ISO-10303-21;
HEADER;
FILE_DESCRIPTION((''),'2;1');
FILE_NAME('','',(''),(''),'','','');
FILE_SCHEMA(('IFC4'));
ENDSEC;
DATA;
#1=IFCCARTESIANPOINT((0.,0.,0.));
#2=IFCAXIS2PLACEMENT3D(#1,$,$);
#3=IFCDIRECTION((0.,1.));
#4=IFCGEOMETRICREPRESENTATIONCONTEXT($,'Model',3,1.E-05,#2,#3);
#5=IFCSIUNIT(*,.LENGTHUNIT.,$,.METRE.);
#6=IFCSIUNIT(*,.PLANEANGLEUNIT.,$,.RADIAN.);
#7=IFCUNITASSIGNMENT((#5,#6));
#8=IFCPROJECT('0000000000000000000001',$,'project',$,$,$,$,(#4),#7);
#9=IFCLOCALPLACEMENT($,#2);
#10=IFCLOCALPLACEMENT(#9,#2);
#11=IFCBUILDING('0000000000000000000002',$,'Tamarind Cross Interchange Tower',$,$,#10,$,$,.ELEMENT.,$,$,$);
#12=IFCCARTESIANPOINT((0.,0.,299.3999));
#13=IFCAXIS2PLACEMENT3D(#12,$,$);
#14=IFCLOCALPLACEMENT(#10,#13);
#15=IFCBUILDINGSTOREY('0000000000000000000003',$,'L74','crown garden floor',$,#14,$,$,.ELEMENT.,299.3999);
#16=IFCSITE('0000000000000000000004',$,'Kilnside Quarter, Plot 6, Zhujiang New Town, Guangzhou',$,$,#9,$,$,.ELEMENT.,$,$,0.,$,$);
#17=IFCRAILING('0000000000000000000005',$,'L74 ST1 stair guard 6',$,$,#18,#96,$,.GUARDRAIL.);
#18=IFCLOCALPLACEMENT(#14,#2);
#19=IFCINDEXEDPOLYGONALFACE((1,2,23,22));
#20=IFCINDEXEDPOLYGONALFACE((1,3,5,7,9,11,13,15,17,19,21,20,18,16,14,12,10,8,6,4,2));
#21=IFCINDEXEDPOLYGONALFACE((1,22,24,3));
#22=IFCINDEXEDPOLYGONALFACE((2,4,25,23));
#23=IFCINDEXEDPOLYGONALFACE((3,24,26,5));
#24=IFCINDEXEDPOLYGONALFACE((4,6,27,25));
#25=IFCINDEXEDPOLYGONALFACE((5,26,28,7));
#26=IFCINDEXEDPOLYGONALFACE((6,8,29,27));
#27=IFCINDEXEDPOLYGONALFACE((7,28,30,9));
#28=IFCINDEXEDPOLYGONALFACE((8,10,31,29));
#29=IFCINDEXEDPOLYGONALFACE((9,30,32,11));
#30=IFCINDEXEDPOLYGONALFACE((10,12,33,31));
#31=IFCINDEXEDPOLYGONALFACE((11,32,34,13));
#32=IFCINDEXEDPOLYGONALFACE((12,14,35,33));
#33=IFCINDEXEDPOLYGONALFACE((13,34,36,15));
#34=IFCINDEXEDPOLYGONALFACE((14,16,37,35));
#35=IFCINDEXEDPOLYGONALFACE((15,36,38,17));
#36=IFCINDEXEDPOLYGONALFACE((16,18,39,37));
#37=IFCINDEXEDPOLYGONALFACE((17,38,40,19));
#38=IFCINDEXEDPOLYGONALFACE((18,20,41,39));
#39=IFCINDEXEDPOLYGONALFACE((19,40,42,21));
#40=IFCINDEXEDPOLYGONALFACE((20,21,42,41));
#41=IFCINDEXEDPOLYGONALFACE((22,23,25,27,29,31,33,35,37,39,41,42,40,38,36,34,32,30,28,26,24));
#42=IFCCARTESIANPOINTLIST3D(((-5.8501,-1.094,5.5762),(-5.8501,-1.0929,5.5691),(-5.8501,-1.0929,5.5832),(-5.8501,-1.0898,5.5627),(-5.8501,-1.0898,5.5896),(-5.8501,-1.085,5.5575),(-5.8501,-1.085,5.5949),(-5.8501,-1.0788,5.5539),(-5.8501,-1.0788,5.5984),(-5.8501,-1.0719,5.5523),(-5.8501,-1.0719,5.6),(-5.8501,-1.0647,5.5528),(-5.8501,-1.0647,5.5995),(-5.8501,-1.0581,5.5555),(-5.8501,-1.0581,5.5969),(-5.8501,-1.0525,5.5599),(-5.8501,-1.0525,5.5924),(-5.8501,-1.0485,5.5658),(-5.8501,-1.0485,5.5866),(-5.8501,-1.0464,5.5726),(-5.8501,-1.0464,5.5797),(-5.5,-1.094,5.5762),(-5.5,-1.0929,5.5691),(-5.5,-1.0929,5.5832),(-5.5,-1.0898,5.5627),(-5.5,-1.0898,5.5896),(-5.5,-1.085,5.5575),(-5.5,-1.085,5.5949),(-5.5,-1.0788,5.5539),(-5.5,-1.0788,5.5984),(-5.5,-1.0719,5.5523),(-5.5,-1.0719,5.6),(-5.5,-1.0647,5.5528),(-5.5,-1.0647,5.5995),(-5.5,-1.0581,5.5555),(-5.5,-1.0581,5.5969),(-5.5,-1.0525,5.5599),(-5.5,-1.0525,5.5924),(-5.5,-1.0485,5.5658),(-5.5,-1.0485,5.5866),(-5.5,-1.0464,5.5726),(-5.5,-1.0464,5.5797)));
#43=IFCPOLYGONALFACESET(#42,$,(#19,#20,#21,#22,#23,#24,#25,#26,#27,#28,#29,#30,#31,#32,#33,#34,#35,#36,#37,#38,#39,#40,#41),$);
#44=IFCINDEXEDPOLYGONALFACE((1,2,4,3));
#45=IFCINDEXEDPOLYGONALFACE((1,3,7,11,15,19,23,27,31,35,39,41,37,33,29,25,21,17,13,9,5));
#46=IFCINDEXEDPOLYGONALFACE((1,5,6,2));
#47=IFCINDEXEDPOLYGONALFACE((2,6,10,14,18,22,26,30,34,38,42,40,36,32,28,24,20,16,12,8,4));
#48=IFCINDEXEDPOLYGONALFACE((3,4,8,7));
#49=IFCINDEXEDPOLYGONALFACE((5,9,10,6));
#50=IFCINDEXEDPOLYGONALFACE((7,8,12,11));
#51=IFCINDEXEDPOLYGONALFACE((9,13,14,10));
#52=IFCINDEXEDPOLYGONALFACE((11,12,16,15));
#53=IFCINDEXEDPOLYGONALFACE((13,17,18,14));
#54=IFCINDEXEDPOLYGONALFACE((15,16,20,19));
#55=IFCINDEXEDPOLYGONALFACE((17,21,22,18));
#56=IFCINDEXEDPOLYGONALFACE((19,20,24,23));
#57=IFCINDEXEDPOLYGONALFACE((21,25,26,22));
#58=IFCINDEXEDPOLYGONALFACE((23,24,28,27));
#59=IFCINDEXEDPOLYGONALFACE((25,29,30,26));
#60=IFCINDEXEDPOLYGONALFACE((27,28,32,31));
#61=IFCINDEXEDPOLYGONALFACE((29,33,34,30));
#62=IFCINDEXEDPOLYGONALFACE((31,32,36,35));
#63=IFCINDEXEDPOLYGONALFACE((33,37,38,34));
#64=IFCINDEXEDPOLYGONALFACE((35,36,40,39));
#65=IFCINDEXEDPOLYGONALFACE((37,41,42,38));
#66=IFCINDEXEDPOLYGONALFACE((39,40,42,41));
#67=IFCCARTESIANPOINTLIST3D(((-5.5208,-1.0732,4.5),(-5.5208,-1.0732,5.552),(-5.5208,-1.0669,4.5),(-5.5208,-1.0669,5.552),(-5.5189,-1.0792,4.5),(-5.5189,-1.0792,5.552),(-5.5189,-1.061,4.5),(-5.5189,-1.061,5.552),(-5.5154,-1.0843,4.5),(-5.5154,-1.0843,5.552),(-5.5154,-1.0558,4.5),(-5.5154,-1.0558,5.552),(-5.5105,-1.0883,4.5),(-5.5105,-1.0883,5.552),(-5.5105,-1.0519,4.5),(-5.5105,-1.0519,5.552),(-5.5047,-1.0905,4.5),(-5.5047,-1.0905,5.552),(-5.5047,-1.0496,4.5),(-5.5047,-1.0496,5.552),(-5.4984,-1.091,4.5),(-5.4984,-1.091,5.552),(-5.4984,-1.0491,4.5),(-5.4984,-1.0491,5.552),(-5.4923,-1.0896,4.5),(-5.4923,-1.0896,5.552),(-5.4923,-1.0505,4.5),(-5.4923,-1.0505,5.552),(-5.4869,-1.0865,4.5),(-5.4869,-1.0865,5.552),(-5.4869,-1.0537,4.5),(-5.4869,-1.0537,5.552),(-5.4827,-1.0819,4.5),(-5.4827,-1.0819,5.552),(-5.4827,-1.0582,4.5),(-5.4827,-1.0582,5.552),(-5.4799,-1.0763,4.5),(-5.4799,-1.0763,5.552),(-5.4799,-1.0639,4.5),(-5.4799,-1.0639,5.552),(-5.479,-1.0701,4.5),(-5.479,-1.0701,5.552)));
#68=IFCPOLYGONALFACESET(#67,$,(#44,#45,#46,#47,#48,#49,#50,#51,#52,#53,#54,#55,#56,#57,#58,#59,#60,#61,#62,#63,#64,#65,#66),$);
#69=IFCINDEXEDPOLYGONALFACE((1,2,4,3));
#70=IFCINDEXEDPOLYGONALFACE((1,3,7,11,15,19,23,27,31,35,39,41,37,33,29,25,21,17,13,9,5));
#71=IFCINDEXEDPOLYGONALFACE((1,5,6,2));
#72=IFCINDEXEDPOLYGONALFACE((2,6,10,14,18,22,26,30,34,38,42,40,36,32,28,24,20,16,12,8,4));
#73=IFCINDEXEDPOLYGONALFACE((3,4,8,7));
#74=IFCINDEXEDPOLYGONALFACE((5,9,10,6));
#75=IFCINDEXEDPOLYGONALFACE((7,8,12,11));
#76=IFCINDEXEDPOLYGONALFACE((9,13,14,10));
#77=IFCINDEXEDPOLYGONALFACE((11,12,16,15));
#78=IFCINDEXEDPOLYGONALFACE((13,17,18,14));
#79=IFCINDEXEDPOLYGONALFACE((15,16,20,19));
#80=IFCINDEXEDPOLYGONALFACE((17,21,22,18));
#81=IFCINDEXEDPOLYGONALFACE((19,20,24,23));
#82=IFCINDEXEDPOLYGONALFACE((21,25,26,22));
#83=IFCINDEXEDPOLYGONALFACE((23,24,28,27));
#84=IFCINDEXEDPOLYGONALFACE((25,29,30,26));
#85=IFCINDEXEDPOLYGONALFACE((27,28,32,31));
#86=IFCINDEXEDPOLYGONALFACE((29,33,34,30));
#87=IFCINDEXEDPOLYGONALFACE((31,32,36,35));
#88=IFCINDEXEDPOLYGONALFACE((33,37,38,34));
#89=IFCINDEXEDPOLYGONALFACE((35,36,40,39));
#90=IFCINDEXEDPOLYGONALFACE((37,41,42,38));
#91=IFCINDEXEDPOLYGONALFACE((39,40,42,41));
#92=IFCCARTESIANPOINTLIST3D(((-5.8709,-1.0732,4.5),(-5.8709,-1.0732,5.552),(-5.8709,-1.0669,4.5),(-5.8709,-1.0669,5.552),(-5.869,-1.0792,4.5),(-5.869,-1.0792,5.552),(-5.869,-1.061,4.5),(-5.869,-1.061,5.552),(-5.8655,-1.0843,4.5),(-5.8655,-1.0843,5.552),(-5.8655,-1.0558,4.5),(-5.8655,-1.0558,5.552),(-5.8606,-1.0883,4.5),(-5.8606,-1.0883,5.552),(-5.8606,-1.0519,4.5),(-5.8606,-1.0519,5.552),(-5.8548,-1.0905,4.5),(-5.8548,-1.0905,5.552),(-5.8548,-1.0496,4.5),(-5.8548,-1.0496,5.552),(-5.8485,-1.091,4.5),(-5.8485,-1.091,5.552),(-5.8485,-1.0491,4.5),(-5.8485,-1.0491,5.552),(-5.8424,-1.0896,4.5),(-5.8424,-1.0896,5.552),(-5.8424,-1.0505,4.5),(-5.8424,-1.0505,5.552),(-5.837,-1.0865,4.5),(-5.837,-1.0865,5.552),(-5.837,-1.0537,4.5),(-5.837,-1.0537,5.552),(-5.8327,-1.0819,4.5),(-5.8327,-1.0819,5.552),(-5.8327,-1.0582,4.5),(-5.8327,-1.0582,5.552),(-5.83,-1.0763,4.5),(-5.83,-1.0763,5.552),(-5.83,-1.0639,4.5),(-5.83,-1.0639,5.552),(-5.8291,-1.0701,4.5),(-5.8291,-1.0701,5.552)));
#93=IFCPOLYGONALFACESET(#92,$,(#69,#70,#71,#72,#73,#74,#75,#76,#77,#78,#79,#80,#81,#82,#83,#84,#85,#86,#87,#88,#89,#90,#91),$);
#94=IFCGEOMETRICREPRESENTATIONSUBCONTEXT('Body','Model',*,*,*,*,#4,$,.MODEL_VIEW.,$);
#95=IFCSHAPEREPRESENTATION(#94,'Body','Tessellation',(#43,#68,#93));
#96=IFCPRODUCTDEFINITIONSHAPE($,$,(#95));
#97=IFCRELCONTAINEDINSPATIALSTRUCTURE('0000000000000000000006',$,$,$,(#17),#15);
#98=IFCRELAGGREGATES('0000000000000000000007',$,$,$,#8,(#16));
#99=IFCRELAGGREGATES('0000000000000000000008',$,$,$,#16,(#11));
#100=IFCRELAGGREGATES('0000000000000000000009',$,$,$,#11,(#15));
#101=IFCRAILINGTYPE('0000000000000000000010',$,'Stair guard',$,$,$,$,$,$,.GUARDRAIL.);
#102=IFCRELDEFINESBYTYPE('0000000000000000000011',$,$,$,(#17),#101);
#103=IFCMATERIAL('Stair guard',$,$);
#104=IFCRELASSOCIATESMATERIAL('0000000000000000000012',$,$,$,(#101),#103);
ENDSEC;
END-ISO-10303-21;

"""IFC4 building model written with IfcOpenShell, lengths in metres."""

from ifc_helpers import new_model, si_unit, direction, frame, origin, origin_2d, place, context, subcontext, project, spatial, circle, extrude, material, type_object, element, save


model = new_model("IFC4")

# Units and contexts
model_context = context("Model", 3, precision=1e-05, world=origin(), true_north=direction((0.0, 1.0)))
body_context = subcontext(model_context, "Body", "Model", "MODEL_VIEW")
ifc_project = project(units=[si_unit("LENGTHUNIT", "METRE"), si_unit("PLANEANGLEUNIT", "RADIAN")], contexts=[model_context])

# Site, building, storey
site_placement = place(None, origin())
site = spatial("IfcSite", under=ifc_project, at=site_placement, Name="Kilnside Quarter, Plot 6, Zhujiang New Town, Guangzhou", CompositionType="ELEMENT", RefElevation=0.0)
building_placement = place(site_placement, origin())
building = spatial("IfcBuilding", under=site, at=building_placement, Name="Tamarind Cross Interchange Tower", CompositionType="ELEMENT")
storey_placement = place(building_placement, frame((0.0, 0.0, 299.3999)))
storey = spatial("IfcBuildingStorey", under=building, at=storey_placement, Name="L74", Description="crown garden floor", CompositionType="ELEMENT", Elevation=299.3999)

# Railing
ifc_material_1 = material(Name="Stair guard")
railing_type_1 = type_object("IfcRailingType", Name="Stair guard", PredefinedType="GUARDRAIL", material=ifc_material_1)
railing_1_placement = place(storey_placement, frame((-5.5, -1.0701, 4.5)))
element("IfcRailing", 1, at=railing_1_placement, inside=storey, type_object=railing_type_1, Name="L74 ST1 stair guard 6", PredefinedType="GUARDRAIL", context=body_context, shape_type="SweptSolid", body=[
    extrude(circle(Radius=0.0239, at=origin_2d()), frame((0.0, 0.0, 1.0762), z_axis=(-1.0, 0.0, 0.0), x_axis=(0.0, -1.0, 0.0)), (0.0, 0.0, 1.0), 0.3501),
    extrude(circle(Radius=0.021, at=origin_2d()), origin(), (0.0, 0.0, 1.0), 1.052),
    extrude(circle(Radius=0.021, at=origin_2d()), frame((-0.3501, 0.0, 0.0)), (0.0, 0.0, 1.0), 1.052),
])

save(model, "model.ifc")
